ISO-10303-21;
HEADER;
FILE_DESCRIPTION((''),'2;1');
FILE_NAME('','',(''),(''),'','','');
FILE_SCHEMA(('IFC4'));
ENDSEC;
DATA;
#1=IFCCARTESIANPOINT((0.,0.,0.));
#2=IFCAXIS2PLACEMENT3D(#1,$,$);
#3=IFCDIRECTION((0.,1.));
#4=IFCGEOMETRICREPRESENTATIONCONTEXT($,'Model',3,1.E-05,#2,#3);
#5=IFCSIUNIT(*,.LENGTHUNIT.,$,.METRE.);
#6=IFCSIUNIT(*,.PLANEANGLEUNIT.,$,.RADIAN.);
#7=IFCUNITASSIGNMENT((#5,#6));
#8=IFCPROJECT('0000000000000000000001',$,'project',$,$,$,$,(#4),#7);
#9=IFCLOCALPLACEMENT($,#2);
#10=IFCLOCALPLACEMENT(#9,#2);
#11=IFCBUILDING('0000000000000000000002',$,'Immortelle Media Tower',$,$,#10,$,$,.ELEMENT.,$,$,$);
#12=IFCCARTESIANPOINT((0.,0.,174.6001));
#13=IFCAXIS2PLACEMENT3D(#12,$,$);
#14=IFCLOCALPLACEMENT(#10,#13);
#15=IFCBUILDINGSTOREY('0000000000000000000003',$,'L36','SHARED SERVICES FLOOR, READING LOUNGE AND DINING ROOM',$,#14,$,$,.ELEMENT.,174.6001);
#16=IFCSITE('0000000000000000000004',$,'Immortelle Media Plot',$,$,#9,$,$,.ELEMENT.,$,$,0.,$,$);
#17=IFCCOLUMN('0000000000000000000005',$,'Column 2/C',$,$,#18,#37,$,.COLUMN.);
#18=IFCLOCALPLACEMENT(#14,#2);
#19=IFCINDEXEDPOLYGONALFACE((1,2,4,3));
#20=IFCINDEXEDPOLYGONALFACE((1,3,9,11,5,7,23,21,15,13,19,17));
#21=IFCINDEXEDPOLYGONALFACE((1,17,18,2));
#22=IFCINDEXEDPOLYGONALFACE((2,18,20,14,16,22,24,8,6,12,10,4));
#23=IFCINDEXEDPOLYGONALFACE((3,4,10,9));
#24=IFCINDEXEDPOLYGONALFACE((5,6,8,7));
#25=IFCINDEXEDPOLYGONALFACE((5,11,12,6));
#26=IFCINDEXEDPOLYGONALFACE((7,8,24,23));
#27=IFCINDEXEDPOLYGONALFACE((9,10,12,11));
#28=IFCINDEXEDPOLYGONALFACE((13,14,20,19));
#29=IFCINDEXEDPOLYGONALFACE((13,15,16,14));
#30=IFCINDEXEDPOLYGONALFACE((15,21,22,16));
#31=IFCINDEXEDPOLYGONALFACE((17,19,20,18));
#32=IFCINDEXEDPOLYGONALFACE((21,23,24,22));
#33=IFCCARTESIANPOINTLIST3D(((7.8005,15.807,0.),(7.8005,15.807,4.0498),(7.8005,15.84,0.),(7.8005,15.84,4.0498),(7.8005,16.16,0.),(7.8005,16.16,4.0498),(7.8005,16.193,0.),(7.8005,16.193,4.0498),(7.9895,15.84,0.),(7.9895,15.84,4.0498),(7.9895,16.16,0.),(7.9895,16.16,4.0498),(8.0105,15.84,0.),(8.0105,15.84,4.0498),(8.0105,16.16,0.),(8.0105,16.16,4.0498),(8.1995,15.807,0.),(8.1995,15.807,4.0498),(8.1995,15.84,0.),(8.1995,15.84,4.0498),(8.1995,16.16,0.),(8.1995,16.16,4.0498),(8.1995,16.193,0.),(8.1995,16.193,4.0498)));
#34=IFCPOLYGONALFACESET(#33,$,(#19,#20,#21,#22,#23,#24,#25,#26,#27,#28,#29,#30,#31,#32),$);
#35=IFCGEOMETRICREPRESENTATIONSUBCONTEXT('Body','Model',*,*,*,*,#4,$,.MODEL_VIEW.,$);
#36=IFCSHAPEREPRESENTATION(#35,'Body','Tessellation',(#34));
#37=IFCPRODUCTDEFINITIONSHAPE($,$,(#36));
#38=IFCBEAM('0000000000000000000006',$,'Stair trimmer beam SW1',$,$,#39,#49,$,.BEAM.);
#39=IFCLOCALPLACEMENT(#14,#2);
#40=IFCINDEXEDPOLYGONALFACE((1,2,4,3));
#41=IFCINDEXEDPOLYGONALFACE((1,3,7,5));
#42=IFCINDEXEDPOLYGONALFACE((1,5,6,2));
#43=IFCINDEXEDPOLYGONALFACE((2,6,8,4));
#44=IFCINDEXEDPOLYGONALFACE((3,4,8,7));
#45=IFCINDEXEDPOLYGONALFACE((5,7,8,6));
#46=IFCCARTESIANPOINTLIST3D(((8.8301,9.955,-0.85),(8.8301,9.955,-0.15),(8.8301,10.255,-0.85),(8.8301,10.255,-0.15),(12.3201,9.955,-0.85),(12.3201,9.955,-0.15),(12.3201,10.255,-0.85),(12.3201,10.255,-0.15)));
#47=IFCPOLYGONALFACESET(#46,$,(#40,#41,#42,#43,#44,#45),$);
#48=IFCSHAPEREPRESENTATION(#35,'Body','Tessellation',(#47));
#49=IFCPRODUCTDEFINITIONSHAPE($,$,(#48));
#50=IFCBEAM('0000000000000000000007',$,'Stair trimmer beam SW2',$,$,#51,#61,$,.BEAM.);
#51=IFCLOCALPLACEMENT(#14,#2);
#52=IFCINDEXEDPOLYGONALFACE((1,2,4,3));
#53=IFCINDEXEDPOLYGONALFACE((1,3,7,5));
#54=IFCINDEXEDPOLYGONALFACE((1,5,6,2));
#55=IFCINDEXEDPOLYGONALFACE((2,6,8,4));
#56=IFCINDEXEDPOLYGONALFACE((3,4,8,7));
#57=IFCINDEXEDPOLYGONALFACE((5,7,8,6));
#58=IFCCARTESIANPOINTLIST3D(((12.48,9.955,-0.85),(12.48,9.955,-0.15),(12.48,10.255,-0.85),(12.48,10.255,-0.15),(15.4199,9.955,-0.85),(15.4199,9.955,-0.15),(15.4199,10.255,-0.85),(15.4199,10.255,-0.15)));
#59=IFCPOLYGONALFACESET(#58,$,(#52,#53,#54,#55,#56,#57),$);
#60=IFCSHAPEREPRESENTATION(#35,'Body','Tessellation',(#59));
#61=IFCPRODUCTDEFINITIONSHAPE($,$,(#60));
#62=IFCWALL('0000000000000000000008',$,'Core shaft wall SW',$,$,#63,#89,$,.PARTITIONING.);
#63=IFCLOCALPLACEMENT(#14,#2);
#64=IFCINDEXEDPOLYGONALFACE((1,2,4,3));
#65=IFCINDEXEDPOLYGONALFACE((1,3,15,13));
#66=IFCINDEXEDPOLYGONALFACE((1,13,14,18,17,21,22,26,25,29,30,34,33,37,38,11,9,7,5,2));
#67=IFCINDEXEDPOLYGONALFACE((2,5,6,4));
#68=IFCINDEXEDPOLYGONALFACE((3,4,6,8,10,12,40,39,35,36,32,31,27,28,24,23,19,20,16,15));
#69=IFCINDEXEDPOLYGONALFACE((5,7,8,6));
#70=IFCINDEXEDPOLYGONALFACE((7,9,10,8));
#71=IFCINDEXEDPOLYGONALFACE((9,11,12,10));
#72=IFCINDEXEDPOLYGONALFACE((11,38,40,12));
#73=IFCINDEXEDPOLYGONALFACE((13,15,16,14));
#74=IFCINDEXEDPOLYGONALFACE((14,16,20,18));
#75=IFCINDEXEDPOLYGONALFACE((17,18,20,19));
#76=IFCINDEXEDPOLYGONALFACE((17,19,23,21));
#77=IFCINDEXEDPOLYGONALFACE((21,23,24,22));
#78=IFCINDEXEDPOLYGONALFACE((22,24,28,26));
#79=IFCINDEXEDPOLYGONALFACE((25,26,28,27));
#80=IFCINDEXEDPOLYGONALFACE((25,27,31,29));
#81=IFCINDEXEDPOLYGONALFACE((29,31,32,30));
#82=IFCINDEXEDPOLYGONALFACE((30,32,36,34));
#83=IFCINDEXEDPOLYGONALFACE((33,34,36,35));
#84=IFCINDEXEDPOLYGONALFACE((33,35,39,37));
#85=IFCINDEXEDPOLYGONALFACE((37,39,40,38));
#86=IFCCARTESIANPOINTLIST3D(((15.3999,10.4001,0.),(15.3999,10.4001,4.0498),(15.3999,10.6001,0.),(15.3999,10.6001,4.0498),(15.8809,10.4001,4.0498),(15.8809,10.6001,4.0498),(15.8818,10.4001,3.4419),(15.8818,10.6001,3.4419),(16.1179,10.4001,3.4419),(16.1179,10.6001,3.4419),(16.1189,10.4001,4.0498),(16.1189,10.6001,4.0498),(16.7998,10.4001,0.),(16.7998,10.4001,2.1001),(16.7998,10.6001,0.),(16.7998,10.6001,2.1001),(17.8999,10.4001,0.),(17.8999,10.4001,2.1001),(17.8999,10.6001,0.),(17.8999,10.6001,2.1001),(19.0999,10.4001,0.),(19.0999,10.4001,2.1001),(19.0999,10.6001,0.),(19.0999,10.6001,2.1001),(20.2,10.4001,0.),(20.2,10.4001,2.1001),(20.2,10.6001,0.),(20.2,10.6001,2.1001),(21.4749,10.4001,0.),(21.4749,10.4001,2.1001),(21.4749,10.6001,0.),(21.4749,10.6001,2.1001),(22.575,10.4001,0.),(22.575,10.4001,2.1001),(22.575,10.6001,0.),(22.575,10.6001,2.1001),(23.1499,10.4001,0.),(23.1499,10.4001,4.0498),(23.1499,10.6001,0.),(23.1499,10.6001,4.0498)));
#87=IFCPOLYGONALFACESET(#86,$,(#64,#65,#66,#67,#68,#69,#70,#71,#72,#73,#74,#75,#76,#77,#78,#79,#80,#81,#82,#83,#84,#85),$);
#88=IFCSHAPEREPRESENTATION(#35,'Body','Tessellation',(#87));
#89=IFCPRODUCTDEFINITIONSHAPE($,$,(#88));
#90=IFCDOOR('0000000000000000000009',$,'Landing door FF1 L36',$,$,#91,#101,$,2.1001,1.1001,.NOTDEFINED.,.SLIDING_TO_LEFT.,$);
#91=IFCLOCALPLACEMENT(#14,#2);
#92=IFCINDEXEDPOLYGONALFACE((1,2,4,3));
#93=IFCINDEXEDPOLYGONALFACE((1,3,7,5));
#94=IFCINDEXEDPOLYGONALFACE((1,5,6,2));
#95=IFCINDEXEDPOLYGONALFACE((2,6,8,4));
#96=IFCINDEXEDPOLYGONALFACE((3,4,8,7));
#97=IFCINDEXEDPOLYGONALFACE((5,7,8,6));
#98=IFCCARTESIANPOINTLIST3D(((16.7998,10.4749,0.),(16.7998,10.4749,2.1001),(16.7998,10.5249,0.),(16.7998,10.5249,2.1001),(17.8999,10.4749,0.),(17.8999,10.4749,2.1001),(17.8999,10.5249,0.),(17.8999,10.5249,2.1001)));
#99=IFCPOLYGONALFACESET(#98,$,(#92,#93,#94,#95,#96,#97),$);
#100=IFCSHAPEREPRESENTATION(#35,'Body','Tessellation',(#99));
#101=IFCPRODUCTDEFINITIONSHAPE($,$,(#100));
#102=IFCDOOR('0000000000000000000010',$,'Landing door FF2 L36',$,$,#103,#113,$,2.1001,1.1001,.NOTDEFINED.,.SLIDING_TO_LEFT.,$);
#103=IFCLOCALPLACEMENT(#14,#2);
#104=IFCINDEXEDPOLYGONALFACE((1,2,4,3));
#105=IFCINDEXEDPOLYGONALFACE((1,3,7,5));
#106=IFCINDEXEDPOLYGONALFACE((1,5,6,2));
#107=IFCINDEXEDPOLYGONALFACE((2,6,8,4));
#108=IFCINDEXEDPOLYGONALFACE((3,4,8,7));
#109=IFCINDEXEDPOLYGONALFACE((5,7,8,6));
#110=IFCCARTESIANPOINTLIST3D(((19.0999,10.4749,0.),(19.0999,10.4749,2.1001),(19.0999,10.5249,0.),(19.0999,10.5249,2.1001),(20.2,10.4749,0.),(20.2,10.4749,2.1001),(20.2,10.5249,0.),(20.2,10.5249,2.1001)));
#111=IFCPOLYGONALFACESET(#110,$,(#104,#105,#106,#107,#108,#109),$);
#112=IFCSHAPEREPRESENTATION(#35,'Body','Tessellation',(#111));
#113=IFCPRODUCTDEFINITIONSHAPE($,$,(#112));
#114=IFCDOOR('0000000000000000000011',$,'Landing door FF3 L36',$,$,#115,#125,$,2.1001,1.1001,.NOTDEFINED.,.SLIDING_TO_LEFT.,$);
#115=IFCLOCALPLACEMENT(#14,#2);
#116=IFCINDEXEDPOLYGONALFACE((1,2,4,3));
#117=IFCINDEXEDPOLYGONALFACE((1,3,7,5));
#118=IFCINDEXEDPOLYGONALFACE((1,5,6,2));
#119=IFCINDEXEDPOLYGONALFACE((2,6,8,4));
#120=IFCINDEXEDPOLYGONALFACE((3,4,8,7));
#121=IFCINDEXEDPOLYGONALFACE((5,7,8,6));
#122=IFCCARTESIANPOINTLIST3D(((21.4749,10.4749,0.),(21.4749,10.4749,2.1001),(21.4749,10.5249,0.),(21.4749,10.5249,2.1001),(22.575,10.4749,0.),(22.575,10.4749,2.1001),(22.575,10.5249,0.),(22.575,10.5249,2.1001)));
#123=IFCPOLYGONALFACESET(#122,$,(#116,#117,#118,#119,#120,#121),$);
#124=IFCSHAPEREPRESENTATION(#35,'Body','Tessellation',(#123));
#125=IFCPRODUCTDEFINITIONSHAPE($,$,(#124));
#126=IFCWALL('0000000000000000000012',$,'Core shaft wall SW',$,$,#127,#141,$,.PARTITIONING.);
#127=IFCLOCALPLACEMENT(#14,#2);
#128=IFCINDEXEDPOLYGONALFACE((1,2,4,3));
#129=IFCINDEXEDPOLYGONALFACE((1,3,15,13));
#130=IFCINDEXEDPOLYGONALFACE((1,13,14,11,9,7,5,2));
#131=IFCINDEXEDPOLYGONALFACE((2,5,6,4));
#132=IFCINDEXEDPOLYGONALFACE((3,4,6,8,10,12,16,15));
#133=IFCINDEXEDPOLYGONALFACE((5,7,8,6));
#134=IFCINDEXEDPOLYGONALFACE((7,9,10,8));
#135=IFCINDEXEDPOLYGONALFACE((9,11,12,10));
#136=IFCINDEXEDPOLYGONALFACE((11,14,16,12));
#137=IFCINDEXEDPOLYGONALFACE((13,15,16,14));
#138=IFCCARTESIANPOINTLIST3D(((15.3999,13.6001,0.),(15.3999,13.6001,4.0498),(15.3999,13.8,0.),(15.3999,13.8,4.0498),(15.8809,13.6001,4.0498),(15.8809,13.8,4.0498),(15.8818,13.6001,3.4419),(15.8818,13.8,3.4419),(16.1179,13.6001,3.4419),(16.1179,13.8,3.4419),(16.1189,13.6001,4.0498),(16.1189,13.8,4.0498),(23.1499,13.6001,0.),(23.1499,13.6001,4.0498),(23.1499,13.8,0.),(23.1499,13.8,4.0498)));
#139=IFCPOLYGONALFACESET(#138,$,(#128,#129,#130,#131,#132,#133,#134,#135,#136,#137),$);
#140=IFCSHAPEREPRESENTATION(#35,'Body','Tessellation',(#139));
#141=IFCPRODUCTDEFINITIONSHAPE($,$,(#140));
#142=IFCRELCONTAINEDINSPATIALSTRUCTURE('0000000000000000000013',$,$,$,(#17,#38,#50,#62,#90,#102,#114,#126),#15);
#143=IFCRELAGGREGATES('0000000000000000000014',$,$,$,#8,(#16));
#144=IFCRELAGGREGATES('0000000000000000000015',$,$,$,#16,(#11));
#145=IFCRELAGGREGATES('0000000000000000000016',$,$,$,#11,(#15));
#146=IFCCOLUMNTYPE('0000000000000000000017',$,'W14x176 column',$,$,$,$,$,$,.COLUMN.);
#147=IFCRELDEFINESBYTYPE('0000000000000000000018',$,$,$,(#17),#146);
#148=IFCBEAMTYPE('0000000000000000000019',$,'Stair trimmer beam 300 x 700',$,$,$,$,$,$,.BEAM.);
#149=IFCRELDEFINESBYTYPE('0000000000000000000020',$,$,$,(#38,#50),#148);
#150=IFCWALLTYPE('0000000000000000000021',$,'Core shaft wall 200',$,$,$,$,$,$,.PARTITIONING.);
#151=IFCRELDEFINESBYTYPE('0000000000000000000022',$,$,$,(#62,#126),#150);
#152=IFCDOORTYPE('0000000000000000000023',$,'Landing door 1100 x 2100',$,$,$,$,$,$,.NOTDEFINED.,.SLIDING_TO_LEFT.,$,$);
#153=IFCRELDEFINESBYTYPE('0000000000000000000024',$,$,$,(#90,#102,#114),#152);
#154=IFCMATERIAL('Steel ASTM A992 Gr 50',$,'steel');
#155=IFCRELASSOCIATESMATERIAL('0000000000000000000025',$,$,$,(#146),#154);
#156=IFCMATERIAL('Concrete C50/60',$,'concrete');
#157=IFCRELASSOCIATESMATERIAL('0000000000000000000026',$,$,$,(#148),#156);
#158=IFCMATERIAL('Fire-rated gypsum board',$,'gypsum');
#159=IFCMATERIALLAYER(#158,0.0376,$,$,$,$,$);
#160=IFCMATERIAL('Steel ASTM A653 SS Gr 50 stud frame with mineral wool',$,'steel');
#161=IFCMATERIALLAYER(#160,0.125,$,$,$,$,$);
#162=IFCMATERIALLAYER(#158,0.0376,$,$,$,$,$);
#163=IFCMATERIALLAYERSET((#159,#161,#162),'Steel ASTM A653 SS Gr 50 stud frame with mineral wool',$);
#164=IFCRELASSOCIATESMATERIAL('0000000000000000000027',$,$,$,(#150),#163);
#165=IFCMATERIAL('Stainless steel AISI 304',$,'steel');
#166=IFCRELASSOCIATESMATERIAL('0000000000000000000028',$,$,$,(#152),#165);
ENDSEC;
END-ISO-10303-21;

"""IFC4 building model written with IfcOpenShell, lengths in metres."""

from ifc_helpers import new_model, si_unit, direction, frame, frame_2d, origin, origin_2d, place, context, subcontext, project, spatial, polyline, rectangle, i_section, outline, extrude, material, layer, layer_set, material_profile, profile_set, type_object, element, fill, save


model = new_model("IFC4")

# Units and contexts
model_context = context("Model", 3, precision=1e-05, world=origin(), true_north=direction((0.0, 1.0)))
body_context = subcontext(model_context, "Body", "Model", "MODEL_VIEW")
ifc_project = project(units=[si_unit("LENGTHUNIT", "METRE"), si_unit("PLANEANGLEUNIT", "RADIAN")], contexts=[model_context])

# Site, building, storey
site_placement = place(None, origin())
site = spatial("IfcSite", under=ifc_project, at=site_placement, Name="Immortelle Media Plot", CompositionType="ELEMENT", RefElevation=0.0)
building_placement = place(site_placement, origin())
building = spatial("IfcBuilding", under=site, at=building_placement, Name="Immortelle Media Tower", CompositionType="ELEMENT")
storey_placement = place(building_placement, frame((0.0, 0.0, 174.6001)))
storey = spatial("IfcBuildingStorey", under=building, at=storey_placement, Name="L36", Description="SHARED SERVICES FLOOR, READING LOUNGE AND DINING ROOM", CompositionType="ELEMENT", Elevation=174.6001)

# Column
ifc_material_1 = material(Name="Steel ASTM A992 Gr 50", Category="steel")
ifc_material_profile_1 = material_profile(ifc_material_1, i_section(OverallWidth=0.3989, OverallDepth=0.386, WebThickness=0.021, FlangeThickness=0.033, at=origin_2d()), Name="W14x176")
ifc_profile_set_1 = profile_set([ifc_material_profile_1], Name="Steel ASTM A992 Gr 50")
column_type = type_object("IfcColumnType", Name="W14x176 column", PredefinedType="COLUMN", material=ifc_profile_set_1)
column_placement = place(storey_placement, frame((8.0, 16.0, 0.0), z_axis=(0.0, 0.0, 1.0), x_axis=(1.0, 0.0, 0.0)))
element("IfcColumn", 1, at=column_placement, inside=storey, type_object=column_type, Name="Column 2/C", PredefinedType="COLUMN", context=body_context, shape_type="SweptSolid", body=[
    extrude(i_section(OverallWidth=0.3989, OverallDepth=0.386, WebThickness=0.021, FlangeThickness=0.033, at=origin_2d()), origin(), (0.0, 0.0, 1.0), 4.0498),
])

# Beams
ifc_material_2 = material(Name="Concrete C50/60", Category="concrete")
ifc_material_profile_2 = material_profile(ifc_material_2, rectangle(XDim=0.3, YDim=0.7, at=origin_2d()), Name="RC 300x700")
ifc_profile_set_2 = profile_set([ifc_material_profile_2], Name="Concrete C50/60")
beam_type = type_object("IfcBeamType", Name="Stair trimmer beam 300 x 700", PredefinedType="BEAM", material=ifc_profile_set_2)
beam_1_placement = place(storey_placement, frame((8.8301, 10.105, -0.5), z_axis=(1.0, 0.0, 0.0), x_axis=(0.0, 1.0, 0.0)))
element("IfcBeam", 2, at=beam_1_placement, inside=storey, type_object=beam_type, Name="Stair trimmer beam SW1", PredefinedType="BEAM", context=body_context, shape_type="SweptSolid", body=[
    extrude(rectangle(XDim=0.3, YDim=0.7, at=origin_2d()), origin(), (0.0, 0.0, 1.0), 3.49),
])
beam_2_placement = place(storey_placement, frame((12.48, 10.105, -0.5), z_axis=(1.0, 0.0, 0.0), x_axis=(0.0, 1.0, 0.0)))
element("IfcBeam", 3, at=beam_2_placement, inside=storey, type_object=beam_type, Name="Stair trimmer beam SW2", PredefinedType="BEAM", context=body_context, shape_type="SweptSolid", body=[
    extrude(rectangle(XDim=0.3, YDim=0.7, at=origin_2d()), origin(), (0.0, 0.0, 1.0), 2.9399),
])

# Wall, openings, doors
ifc_material_3 = material(Name="Fire-rated gypsum board", Category="gypsum")
ifc_layer_1 = layer(ifc_material_3, 0.0376)
ifc_material_4 = material(Name="Steel ASTM A653 SS Gr 50 stud frame with mineral wool", Category="steel")
ifc_layer_2 = layer(ifc_material_4, 0.125)
ifc_layer_3 = layer(ifc_material_3, 0.0376)
ifc_layer_set_1 = layer_set([ifc_layer_1, ifc_layer_2, ifc_layer_3], Name="Steel ASTM A653 SS Gr 50 stud frame with mineral wool")
wall_type_1 = type_object("IfcWallType", Name="Core shaft wall 200", PredefinedType="PARTITIONING", material=ifc_layer_set_1)
wall_1_placement = place(storey_placement, frame((15.3999, 10.5, 0.0), z_axis=(0.0, 0.0, 1.0), x_axis=(1.0, 0.0, 0.0)))
wall_1 = element("IfcWall", 4, at=wall_1_placement, inside=storey, type_object=wall_type_1, Name="Core shaft wall SW", PredefinedType="PARTITIONING", context=body_context, shape_type="SweptSolid", body=[
    extrude(outline(polyline([(0.0, 0.0), (7.75, 0.0), (7.75, 4.0498), (0.719, 4.0498), (0.718, 3.4419), (0.4819, 3.4419), (0.481, 4.0498), (0.0, 4.0498), (0.0, 0.0)])), frame((0.0, 0.1001, 0.0), z_axis=(0.0, -1.0, 0.0), x_axis=(1.0, 0.0, 0.0)), (0.0, 0.0, 1.0), 0.2),
])
opening_1_placement = place(wall_1_placement, frame((1.3999, 0.0, 0.0)))
opening_1 = element("IfcOpeningElement", 5, at=opening_1_placement, cuts=wall_1, PredefinedType="OPENING", context=body_context, shape_type="SweptSolid", body=[
    extrude(rectangle(XDim=1.1001, YDim=2.1001, at=frame_2d((0.55, 1.05))), frame((0.0, 0.1099, 0.0), z_axis=(0.0, -1.0, 0.0), x_axis=(1.0, 0.0, 0.0)), (0.0, 0.0, 1.0), 0.22),
])
opening_2_placement = place(wall_1_placement, frame((3.7, 0.0, 0.0)))
opening_2 = element("IfcOpeningElement", 6, at=opening_2_placement, cuts=wall_1, PredefinedType="OPENING", context=body_context, shape_type="SweptSolid", body=[
    extrude(rectangle(XDim=1.1001, YDim=2.1001, at=frame_2d((0.55, 1.05))), frame((0.0, 0.1099, 0.0), z_axis=(0.0, -1.0, 0.0), x_axis=(1.0, 0.0, 0.0)), (0.0, 0.0, 1.0), 0.22),
])
opening_3_placement = place(wall_1_placement, frame((6.075, 0.0, 0.0)))
opening_3 = element("IfcOpeningElement", 7, at=opening_3_placement, cuts=wall_1, PredefinedType="OPENING", context=body_context, shape_type="SweptSolid", body=[
    extrude(rectangle(XDim=1.1001, YDim=2.1001, at=frame_2d((0.55, 1.05))), frame((0.0, 0.1099, 0.0), z_axis=(0.0, -1.0, 0.0), x_axis=(1.0, 0.0, 0.0)), (0.0, 0.0, 1.0), 0.22),
])
ifc_material_5 = material(Name="Stainless steel AISI 304", Category="steel")
door_type_1 = type_object("IfcDoorType", Name="Landing door 1100 x 2100", OperationType="SLIDING_TO_LEFT", PredefinedType="NOTDEFINED", material=ifc_material_5)
door_1_placement = place(opening_1_placement, origin())
door_1 = element("IfcDoor", 8, at=door_1_placement, inside=storey, type_object=door_type_1, Name="Landing door FF1 L36", OperationType="SLIDING_TO_LEFT", OverallHeight=2.1001, OverallWidth=1.1001, PredefinedType="NOTDEFINED", context=body_context, shape_type="SweptSolid", body=[
    extrude(rectangle(XDim=1.1001, YDim=2.1001, at=frame_2d((0.55, 1.05))), frame((0.0, 0.0249, 0.0), z_axis=(0.0, -1.0, 0.0), x_axis=(1.0, 0.0, 0.0)), (0.0, 0.0, 1.0), 0.05),
])
fill(opening_1, door_1)
door_2_placement = place(opening_2_placement, origin())
door_2 = element("IfcDoor", 9, at=door_2_placement, inside=storey, type_object=door_type_1, Name="Landing door FF2 L36", OperationType="SLIDING_TO_LEFT", OverallHeight=2.1001, OverallWidth=1.1001, PredefinedType="NOTDEFINED", context=body_context, shape_type="SweptSolid", body=[
    extrude(rectangle(XDim=1.1001, YDim=2.1001, at=frame_2d((0.55, 1.05))), frame((0.0, 0.0249, 0.0), z_axis=(0.0, -1.0, 0.0), x_axis=(1.0, 0.0, 0.0)), (0.0, 0.0, 1.0), 0.05),
])
fill(opening_2, door_2)
door_3_placement = place(opening_3_placement, origin())
door_3 = element("IfcDoor", 10, at=door_3_placement, inside=storey, type_object=door_type_1, Name="Landing door FF3 L36", OperationType="SLIDING_TO_LEFT", OverallHeight=2.1001, OverallWidth=1.1001, PredefinedType="NOTDEFINED", context=body_context, shape_type="SweptSolid", body=[
    extrude(rectangle(XDim=1.1001, YDim=2.1001, at=frame_2d((0.55, 1.05))), frame((0.0, 0.0249, 0.0), z_axis=(0.0, -1.0, 0.0), x_axis=(1.0, 0.0, 0.0)), (0.0, 0.0, 1.0), 0.05),
])
fill(opening_3, door_3)

# Wall
wall_2_placement = place(storey_placement, frame((15.3999, 13.7, 0.0), z_axis=(0.0, 0.0, 1.0), x_axis=(1.0, 0.0, 0.0)))
element("IfcWall", 11, at=wall_2_placement, inside=storey, type_object=wall_type_1, Name="Core shaft wall SW", PredefinedType="PARTITIONING", context=body_context, shape_type="SweptSolid", body=[
    extrude(outline(polyline([(0.0, 0.0), (7.75, 0.0), (7.75, 4.0498), (0.719, 4.0498), (0.718, 3.4419), (0.4819, 3.4419), (0.481, 4.0498), (0.0, 4.0498), (0.0, 0.0)])), frame((0.0, 0.1001, 0.0), z_axis=(0.0, -1.0, 0.0), x_axis=(1.0, 0.0, 0.0)), (0.0, 0.0, 1.0), 0.2),
])

save(model, "model.ifc")
